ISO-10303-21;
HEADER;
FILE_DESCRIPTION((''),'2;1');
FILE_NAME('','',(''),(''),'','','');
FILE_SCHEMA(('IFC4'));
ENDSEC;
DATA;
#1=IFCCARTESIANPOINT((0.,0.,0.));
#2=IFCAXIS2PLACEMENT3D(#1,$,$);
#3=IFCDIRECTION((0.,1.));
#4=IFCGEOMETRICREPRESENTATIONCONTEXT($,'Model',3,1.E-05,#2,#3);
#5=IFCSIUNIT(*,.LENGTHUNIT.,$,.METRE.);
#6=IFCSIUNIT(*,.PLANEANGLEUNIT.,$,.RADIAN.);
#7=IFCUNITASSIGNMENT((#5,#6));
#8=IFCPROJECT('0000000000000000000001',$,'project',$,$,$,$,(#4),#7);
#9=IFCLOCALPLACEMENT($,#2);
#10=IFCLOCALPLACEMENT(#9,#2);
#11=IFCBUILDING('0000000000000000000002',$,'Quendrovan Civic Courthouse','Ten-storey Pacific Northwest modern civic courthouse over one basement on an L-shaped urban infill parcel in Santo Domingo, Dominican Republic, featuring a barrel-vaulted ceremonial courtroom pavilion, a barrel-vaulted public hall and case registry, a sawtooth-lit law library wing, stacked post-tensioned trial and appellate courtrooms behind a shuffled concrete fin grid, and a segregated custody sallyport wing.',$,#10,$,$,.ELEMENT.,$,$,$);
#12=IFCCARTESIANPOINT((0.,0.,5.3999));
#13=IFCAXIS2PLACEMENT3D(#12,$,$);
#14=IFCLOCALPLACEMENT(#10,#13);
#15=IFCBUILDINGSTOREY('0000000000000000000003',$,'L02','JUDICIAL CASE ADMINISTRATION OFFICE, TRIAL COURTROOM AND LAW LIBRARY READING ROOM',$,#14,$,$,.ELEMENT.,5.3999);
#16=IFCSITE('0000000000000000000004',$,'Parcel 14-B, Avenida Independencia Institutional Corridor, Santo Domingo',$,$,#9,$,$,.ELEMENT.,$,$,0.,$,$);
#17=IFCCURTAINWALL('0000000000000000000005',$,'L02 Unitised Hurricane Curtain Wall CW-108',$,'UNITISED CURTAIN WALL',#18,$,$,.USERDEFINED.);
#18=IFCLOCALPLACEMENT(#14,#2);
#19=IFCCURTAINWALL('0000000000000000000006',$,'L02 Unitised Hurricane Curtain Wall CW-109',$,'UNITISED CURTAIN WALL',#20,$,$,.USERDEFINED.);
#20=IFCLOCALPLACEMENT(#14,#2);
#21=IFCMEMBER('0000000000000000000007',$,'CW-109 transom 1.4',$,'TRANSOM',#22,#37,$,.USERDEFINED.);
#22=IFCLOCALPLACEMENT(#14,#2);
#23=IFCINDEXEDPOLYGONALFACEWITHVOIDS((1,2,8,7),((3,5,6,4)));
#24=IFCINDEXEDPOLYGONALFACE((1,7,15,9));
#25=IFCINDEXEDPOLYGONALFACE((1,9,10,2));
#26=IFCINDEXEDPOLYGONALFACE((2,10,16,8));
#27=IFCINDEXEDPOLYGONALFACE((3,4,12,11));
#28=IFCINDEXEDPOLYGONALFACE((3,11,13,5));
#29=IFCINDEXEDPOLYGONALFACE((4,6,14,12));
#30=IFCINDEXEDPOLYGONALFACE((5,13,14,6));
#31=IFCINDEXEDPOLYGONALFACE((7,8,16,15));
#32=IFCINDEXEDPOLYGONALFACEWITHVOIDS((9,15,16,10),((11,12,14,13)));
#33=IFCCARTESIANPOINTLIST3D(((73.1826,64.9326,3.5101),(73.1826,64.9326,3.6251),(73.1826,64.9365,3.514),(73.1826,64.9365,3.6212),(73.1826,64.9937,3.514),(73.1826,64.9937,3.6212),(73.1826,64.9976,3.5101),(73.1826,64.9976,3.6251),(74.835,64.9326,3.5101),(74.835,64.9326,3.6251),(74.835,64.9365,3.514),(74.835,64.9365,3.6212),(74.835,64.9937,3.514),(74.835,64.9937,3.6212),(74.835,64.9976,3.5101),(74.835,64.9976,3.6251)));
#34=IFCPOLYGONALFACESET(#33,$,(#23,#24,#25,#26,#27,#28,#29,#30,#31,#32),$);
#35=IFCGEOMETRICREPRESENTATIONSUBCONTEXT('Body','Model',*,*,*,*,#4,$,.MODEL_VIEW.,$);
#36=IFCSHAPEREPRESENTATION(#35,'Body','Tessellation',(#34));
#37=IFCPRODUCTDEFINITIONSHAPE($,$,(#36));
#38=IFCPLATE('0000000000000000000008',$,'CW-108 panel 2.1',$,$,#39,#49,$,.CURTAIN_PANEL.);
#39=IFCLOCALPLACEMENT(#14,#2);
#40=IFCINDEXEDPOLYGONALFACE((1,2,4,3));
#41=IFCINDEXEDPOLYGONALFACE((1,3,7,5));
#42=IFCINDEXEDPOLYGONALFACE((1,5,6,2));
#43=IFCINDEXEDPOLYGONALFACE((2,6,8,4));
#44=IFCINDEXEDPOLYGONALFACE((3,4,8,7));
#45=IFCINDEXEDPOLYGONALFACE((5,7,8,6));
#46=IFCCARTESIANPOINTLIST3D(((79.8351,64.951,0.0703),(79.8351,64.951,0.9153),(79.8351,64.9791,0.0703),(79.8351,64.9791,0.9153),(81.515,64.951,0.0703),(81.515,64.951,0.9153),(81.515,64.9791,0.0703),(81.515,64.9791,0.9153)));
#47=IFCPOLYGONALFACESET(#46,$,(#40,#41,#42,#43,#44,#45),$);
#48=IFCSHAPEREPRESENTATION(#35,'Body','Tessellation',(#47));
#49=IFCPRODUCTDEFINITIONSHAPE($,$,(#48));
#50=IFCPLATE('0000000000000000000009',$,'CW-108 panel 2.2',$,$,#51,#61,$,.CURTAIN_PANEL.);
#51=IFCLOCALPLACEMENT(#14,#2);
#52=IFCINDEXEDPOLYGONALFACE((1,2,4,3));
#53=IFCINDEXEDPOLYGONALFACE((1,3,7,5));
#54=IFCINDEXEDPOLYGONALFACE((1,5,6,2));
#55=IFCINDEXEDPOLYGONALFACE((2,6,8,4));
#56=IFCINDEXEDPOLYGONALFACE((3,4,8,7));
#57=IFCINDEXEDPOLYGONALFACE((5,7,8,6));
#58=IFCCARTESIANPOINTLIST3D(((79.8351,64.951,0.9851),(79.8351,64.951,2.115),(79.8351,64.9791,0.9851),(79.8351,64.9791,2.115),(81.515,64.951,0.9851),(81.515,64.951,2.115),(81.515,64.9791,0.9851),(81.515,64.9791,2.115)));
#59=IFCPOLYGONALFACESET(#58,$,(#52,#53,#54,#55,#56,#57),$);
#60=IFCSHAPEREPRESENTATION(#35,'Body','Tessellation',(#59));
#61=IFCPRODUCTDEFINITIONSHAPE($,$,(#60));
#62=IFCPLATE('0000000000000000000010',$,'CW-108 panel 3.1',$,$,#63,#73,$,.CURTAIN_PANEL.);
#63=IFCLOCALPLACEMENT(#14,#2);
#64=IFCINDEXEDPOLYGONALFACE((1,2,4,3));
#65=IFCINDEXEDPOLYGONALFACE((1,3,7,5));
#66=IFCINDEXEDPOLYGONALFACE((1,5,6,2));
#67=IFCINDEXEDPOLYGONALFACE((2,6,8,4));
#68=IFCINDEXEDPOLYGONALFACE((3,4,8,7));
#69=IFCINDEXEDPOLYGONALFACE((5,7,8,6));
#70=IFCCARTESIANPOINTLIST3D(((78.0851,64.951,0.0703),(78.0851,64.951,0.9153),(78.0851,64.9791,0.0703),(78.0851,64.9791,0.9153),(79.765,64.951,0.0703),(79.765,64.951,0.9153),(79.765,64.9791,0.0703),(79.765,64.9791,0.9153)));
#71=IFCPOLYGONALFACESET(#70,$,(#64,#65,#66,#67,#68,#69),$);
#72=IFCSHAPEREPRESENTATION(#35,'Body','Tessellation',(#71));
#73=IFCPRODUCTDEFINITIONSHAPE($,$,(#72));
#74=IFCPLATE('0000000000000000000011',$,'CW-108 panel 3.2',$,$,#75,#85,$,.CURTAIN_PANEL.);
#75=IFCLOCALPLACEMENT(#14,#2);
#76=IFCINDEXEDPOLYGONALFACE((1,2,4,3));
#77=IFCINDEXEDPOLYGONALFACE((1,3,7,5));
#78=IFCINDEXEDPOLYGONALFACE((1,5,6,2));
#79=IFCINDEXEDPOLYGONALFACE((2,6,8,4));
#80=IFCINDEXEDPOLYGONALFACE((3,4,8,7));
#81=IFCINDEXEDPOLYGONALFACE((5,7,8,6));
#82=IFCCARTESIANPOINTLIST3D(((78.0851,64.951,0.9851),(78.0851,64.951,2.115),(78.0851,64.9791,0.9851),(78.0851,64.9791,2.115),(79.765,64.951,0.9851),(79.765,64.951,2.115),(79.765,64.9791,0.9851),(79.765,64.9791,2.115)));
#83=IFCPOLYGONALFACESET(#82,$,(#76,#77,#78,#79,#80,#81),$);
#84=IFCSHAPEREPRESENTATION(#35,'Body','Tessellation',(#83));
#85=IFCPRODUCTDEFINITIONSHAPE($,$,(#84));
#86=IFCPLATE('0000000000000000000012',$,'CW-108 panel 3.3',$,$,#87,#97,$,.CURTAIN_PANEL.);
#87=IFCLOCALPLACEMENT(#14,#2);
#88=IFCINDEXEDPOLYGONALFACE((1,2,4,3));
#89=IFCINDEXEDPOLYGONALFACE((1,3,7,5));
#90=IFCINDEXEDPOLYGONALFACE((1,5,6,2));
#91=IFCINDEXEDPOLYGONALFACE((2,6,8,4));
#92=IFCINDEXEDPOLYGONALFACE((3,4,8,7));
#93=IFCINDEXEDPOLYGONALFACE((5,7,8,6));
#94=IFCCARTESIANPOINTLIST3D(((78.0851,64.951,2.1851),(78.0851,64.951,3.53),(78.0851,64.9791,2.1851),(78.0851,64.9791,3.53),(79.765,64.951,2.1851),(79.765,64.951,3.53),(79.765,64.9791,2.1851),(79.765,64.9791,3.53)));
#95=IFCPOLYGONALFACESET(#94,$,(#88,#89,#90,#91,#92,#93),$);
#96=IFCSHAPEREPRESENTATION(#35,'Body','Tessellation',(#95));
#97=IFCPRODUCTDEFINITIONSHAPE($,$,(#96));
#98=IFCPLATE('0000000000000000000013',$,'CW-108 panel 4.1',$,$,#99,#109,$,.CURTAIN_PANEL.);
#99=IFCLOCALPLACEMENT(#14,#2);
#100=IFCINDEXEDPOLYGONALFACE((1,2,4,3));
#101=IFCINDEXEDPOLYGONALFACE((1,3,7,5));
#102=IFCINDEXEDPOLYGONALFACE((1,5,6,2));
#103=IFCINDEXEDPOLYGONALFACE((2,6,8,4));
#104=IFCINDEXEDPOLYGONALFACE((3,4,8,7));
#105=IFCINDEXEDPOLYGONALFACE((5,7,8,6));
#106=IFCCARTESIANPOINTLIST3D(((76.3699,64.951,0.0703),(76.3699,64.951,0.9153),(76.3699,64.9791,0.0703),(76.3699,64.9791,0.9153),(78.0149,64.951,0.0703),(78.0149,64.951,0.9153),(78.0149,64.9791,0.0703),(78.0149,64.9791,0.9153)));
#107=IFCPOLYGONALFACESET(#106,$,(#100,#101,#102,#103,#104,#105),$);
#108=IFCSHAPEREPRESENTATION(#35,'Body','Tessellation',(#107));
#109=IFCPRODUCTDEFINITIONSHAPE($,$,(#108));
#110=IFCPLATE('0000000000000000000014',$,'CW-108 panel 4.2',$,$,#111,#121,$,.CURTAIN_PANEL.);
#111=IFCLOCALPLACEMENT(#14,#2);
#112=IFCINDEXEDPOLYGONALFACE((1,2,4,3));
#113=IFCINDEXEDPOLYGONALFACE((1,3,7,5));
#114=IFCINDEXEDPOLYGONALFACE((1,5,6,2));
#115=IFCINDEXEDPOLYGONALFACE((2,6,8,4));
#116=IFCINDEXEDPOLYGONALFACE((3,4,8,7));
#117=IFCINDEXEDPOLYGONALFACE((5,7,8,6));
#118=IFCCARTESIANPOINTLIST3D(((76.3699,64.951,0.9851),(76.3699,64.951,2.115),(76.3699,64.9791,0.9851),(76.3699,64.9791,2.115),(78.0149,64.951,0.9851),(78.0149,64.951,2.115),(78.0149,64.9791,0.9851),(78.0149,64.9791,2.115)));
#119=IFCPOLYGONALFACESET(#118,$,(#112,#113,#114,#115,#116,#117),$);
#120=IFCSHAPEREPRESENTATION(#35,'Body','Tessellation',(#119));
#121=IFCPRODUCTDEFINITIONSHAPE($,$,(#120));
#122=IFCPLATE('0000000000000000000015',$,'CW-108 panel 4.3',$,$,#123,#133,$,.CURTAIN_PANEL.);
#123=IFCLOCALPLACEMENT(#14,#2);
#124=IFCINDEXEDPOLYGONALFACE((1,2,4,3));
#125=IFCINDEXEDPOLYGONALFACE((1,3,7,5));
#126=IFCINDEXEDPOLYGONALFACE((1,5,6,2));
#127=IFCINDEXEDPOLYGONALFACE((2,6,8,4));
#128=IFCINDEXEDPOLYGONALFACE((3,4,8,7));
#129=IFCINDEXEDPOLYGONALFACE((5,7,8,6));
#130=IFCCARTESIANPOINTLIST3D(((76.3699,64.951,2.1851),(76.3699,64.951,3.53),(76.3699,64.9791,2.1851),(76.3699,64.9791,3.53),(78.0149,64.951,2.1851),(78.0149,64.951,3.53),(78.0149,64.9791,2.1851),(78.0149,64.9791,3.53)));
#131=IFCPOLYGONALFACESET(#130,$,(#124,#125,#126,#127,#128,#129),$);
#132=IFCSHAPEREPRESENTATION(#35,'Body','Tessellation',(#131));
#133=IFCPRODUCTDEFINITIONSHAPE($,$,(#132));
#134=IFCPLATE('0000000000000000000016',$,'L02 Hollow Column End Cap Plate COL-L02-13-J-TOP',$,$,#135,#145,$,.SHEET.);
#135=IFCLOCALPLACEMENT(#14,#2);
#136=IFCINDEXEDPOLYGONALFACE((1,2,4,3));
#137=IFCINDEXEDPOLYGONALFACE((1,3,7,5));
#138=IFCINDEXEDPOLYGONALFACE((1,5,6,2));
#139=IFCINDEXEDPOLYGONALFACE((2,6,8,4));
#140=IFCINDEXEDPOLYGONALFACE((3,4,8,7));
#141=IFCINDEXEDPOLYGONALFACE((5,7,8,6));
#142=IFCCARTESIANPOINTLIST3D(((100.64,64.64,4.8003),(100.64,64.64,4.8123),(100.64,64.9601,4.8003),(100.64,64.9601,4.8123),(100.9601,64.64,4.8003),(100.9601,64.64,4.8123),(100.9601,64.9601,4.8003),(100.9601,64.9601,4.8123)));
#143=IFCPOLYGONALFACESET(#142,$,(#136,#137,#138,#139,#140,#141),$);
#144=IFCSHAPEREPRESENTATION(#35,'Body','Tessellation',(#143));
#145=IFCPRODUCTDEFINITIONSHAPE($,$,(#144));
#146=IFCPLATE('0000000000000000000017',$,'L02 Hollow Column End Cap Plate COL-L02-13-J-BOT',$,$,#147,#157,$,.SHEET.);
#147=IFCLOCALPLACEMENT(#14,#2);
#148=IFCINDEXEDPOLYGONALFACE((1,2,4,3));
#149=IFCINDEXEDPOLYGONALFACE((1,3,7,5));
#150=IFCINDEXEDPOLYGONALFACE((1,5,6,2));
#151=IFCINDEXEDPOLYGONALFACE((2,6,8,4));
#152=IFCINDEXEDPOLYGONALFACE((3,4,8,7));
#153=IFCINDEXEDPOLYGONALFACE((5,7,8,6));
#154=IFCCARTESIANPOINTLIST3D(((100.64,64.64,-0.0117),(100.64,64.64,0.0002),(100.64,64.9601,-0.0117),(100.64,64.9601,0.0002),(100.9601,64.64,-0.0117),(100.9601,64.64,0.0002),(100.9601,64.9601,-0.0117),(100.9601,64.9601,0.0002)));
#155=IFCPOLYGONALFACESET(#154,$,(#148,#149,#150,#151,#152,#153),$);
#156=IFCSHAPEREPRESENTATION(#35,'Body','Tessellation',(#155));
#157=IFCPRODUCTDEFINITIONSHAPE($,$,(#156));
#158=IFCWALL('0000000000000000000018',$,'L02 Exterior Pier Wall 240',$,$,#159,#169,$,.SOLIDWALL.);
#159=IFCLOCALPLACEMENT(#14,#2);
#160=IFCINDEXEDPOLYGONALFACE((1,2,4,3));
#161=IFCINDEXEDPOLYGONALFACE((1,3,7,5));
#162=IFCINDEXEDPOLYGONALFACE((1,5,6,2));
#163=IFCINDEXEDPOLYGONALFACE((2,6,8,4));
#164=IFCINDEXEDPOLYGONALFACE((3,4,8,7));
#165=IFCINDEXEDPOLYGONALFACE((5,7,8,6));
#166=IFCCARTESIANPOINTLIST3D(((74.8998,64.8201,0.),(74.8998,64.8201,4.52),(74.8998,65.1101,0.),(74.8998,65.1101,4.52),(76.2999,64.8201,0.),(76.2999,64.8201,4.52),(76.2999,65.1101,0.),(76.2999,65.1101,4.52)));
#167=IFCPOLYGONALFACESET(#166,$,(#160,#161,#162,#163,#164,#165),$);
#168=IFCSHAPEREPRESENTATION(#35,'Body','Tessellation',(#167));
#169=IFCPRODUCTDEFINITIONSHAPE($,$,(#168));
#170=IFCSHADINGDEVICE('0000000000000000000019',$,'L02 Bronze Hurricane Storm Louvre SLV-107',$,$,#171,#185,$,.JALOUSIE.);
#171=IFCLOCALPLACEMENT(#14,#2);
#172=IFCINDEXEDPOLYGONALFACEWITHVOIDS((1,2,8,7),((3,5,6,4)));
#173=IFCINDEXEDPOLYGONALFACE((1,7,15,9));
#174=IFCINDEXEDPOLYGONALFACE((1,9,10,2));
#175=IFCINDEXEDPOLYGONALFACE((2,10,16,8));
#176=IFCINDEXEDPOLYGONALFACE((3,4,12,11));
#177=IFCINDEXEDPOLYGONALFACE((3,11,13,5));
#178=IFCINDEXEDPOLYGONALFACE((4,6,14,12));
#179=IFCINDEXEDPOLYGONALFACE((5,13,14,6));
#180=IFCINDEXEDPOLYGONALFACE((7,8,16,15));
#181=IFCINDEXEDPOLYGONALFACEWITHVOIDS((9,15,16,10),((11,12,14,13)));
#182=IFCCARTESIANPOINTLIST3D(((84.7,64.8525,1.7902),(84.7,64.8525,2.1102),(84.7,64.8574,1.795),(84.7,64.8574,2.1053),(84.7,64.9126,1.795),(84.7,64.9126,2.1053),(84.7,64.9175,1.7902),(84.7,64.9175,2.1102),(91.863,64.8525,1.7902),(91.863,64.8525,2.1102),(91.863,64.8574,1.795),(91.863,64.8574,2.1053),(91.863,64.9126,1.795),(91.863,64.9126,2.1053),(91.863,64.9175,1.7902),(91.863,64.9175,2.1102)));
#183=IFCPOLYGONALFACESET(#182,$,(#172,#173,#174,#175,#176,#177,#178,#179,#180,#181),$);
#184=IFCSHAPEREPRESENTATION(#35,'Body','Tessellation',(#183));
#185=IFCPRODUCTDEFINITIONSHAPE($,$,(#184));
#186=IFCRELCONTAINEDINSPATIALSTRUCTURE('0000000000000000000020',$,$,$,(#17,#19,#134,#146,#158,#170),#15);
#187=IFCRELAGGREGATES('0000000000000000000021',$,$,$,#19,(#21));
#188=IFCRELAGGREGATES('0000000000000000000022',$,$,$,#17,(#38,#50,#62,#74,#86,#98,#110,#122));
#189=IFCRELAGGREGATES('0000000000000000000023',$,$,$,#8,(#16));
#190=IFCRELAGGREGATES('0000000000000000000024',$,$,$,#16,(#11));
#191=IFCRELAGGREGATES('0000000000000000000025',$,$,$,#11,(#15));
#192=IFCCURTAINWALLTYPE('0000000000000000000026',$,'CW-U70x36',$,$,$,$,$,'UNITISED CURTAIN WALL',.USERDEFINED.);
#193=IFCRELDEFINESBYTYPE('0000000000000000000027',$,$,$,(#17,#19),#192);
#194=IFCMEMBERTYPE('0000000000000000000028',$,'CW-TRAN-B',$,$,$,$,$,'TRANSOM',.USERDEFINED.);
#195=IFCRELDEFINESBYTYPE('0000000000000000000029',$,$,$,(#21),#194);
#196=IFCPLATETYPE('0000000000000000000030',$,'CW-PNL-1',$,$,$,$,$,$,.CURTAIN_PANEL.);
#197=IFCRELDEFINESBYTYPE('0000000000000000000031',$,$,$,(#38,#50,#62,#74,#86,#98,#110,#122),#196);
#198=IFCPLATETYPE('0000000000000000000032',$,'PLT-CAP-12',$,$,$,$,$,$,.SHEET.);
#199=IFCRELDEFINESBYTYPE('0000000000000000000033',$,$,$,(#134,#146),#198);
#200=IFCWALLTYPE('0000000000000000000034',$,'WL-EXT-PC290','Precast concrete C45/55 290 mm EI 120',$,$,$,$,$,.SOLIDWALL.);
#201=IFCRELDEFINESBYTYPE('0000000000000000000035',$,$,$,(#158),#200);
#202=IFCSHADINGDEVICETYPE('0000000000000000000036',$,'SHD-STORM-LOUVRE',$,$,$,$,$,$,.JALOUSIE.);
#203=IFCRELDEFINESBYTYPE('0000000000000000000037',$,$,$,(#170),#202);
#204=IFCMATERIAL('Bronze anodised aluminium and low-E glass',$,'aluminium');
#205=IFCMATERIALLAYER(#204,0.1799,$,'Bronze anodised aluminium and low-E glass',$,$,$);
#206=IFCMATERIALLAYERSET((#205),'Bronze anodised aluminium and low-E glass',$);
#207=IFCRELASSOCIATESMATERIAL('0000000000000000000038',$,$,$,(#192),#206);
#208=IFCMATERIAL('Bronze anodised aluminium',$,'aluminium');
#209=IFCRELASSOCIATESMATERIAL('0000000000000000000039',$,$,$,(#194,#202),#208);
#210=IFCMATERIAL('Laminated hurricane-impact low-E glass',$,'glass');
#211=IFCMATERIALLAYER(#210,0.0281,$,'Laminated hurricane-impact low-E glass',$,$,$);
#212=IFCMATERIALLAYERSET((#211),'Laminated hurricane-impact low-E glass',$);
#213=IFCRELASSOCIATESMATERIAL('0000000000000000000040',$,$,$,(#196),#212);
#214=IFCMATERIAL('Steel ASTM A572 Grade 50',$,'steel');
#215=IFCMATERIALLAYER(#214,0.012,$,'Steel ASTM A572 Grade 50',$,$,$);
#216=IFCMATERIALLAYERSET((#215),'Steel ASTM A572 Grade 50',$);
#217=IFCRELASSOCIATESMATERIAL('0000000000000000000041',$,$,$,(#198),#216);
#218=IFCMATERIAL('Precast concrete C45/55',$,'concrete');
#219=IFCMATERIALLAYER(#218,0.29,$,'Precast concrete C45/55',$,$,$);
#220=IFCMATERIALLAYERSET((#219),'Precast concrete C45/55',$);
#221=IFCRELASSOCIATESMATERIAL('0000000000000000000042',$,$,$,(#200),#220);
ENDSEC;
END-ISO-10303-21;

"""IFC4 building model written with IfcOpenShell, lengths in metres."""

from ifc_helpers import new_model, si_unit, direction, frame, frame_2d, origin, origin_2d, place, context, subcontext, project, spatial, rectangle, hollow_rectangle, extrude, material, layer, layer_set, material_profile, profile_set, type_object, element, aggregate, save


model = new_model("IFC4")

# Units and contexts
model_context = context("Model", 3, precision=1e-05, world=origin(), true_north=direction((0.0, 1.0)))
body_context = subcontext(model_context, "Body", "Model", "MODEL_VIEW")
ifc_project = project(units=[si_unit("LENGTHUNIT", "METRE"), si_unit("PLANEANGLEUNIT", "RADIAN")], contexts=[model_context])

# Site, building, storey
site_placement = place(None, origin())
site = spatial("IfcSite", under=ifc_project, at=site_placement, Name="Parcel 14-B, Avenida Independencia Institutional Corridor, Santo Domingo", CompositionType="ELEMENT", RefElevation=0.0)
building_placement = place(site_placement, origin())
building = spatial("IfcBuilding", under=site, at=building_placement, Name="Quendrovan Civic Courthouse", Description="Ten-storey Pacific Northwest modern civic courthouse over one basement on an L-shaped urban infill parcel in Santo Domingo, Dominican Republic, featuring a barrel-vaulted ceremonial courtroom pavilion, a barrel-vaulted public hall and case registry, a sawtooth-lit law library wing, stacked post-tensioned trial and appellate courtrooms behind a shuffled concrete fin grid, and a segregated custody sallyport wing.", CompositionType="ELEMENT")
storey_placement = place(building_placement, frame((0.0, 0.0, 5.3999)))
storey = spatial("IfcBuildingStorey", under=building, at=storey_placement, Name="L02", Description="JUDICIAL CASE ADMINISTRATION OFFICE, TRIAL COURTROOM AND LAW LIBRARY READING ROOM", CompositionType="ELEMENT", Elevation=5.3999)

# Curtain wall
ifc_material_1 = material(Name="Bronze anodised aluminium and low-E glass", Category="aluminium")
ifc_layer_1 = layer(ifc_material_1, 0.1799, Name="Bronze anodised aluminium and low-E glass")
ifc_layer_set_1 = layer_set([ifc_layer_1], Name="Bronze anodised aluminium and low-E glass")
curtain_wall_type = type_object("IfcCurtainWallType", Name="CW-U70x36", ElementType="UNITISED CURTAIN WALL", PredefinedType="USERDEFINED", material=ifc_layer_set_1)
curtain_wall_1_placement = place(storey_placement, origin())
curtain_wall_1 = element("IfcCurtainWall", 1, at=curtain_wall_1_placement, inside=storey, type_object=curtain_wall_type, Name="L02 Unitised Hurricane Curtain Wall CW-108", ObjectType="UNITISED CURTAIN WALL", PredefinedType="USERDEFINED")
ifc_material_2 = material(Name="Bronze anodised aluminium", Category="aluminium")

# Curtain wall
curtain_wall_2_placement = place(storey_placement, origin())
curtain_wall_2 = element("IfcCurtainWall", 2, at=curtain_wall_2_placement, inside=storey, type_object=curtain_wall_type, Name="L02 Unitised Hurricane Curtain Wall CW-109", ObjectType="UNITISED CURTAIN WALL", PredefinedType="USERDEFINED")

# Member
ifc_material_profile_1 = material_profile(ifc_material_2, hollow_rectangle(XDim=0.0649, YDim=0.115, WallThickness=0.0039, at=origin_2d()), Name="CW-TRAN-65x115")
ifc_profile_set_1 = profile_set([ifc_material_profile_1], Name="Bronze anodised aluminium")
member_type_1 = type_object("IfcMemberType", Name="CW-TRAN-B", ElementType="TRANSOM", PredefinedType="USERDEFINED", material=ifc_profile_set_1)
member_1_placement = place(storey_placement, frame((74.835, 64.9651, 3.5676), z_axis=(-1.0, 0.0, 0.0), x_axis=(0.0, -1.0, 0.0)))
member_1 = element("IfcMember", 3, at=member_1_placement, type_object=member_type_1, Name="CW-109 transom 1.4", ObjectType="TRANSOM", PredefinedType="USERDEFINED", context=body_context, shape_type="SweptSolid", body=[
    extrude(hollow_rectangle(XDim=0.0649, YDim=0.115, WallThickness=0.0039, at=origin_2d()), origin(), (0.0, 0.0, 1.0), 1.6523),
])
aggregate(curtain_wall_2, [member_1])

# Plates
ifc_material_3 = material(Name="Laminated hurricane-impact low-E glass", Category="glass")
ifc_layer_2 = layer(ifc_material_3, 0.0281, Name="Laminated hurricane-impact low-E glass")
ifc_layer_set_2 = layer_set([ifc_layer_2], Name="Laminated hurricane-impact low-E glass")
plate_type_1 = type_object("IfcPlateType", Name="CW-PNL-1", PredefinedType="CURTAIN_PANEL", material=ifc_layer_set_2)
plate_1_placement = place(storey_placement, frame((80.675, 64.9651, 0.0703), z_axis=(0.0, 0.0, 1.0), x_axis=(-1.0, 0.0, 0.0)))
plate_1 = element("IfcPlate", 4, at=plate_1_placement, type_object=plate_type_1, Name="CW-108 panel 2.1", PredefinedType="CURTAIN_PANEL", context=body_context, shape_type="SweptSolid", body=[
    extrude(rectangle(XDim=1.6799, YDim=0.0281, at=origin_2d()), origin(), (0.0, 0.0, 1.0), 0.845),
])
plate_2_placement = place(storey_placement, frame((80.675, 64.9651, 0.9851), z_axis=(0.0, 0.0, 1.0), x_axis=(-1.0, 0.0, 0.0)))
plate_2 = element("IfcPlate", 5, at=plate_2_placement, type_object=plate_type_1, Name="CW-108 panel 2.2", PredefinedType="CURTAIN_PANEL", context=body_context, shape_type="SweptSolid", body=[
    extrude(rectangle(XDim=1.6799, YDim=0.0281, at=origin_2d()), origin(), (0.0, 0.0, 1.0), 1.1299),
])
plate_3_placement = place(storey_placement, frame((78.925, 64.9651, 0.0703), z_axis=(0.0, 0.0, 1.0), x_axis=(-1.0, 0.0, 0.0)))
plate_3 = element("IfcPlate", 6, at=plate_3_placement, type_object=plate_type_1, Name="CW-108 panel 3.1", PredefinedType="CURTAIN_PANEL", context=body_context, shape_type="SweptSolid", body=[
    extrude(rectangle(XDim=1.6799, YDim=0.0281, at=origin_2d()), origin(), (0.0, 0.0, 1.0), 0.845),
])
plate_4_placement = place(storey_placement, frame((78.925, 64.9651, 0.9851), z_axis=(0.0, 0.0, 1.0), x_axis=(-1.0, 0.0, 0.0)))
plate_4 = element("IfcPlate", 7, at=plate_4_placement, type_object=plate_type_1, Name="CW-108 panel 3.2", PredefinedType="CURTAIN_PANEL", context=body_context, shape_type="SweptSolid", body=[
    extrude(rectangle(XDim=1.6799, YDim=0.0281, at=origin_2d()), origin(), (0.0, 0.0, 1.0), 1.1299),
])
plate_5_placement = place(storey_placement, frame((78.925, 64.9651, 2.1851), z_axis=(0.0, 0.0, 1.0), x_axis=(-1.0, 0.0, 0.0)))
plate_5 = element("IfcPlate", 8, at=plate_5_placement, type_object=plate_type_1, Name="CW-108 panel 3.3", PredefinedType="CURTAIN_PANEL", context=body_context, shape_type="SweptSolid", body=[
    extrude(rectangle(XDim=1.6799, YDim=0.0281, at=origin_2d()), origin(), (0.0, 0.0, 1.0), 1.345),
])
plate_6_placement = place(storey_placement, frame((77.1924, 64.9651, 0.0703), z_axis=(0.0, 0.0, 1.0), x_axis=(-1.0, 0.0, 0.0)))
plate_6 = element("IfcPlate", 9, at=plate_6_placement, type_object=plate_type_1, Name="CW-108 panel 4.1", PredefinedType="CURTAIN_PANEL", context=body_context, shape_type="SweptSolid", body=[
    extrude(rectangle(XDim=1.645, YDim=0.0281, at=origin_2d()), origin(), (0.0, 0.0, 1.0), 0.845),
])
plate_7_placement = place(storey_placement, frame((77.1924, 64.9651, 0.9851), z_axis=(0.0, 0.0, 1.0), x_axis=(-1.0, 0.0, 0.0)))
plate_7 = element("IfcPlate", 10, at=plate_7_placement, type_object=plate_type_1, Name="CW-108 panel 4.2", PredefinedType="CURTAIN_PANEL", context=body_context, shape_type="SweptSolid", body=[
    extrude(rectangle(XDim=1.645, YDim=0.0281, at=origin_2d()), origin(), (0.0, 0.0, 1.0), 1.1299),
])
plate_8_placement = place(storey_placement, frame((77.1924, 64.9651, 2.1851), z_axis=(0.0, 0.0, 1.0), x_axis=(-1.0, 0.0, 0.0)))
plate_8 = element("IfcPlate", 11, at=plate_8_placement, type_object=plate_type_1, Name="CW-108 panel 4.3", PredefinedType="CURTAIN_PANEL", context=body_context, shape_type="SweptSolid", body=[
    extrude(rectangle(XDim=1.645, YDim=0.0281, at=origin_2d()), origin(), (0.0, 0.0, 1.0), 1.345),
])
aggregate(curtain_wall_1, [plate_1, plate_2, plate_3, plate_4, plate_5, plate_6, plate_7, plate_8])

# Plates
ifc_material_4 = material(Name="Steel ASTM A572 Grade 50", Category="steel")
ifc_layer_3 = layer(ifc_material_4, 0.012, Name="Steel ASTM A572 Grade 50")
ifc_layer_set_3 = layer_set([ifc_layer_3], Name="Steel ASTM A572 Grade 50")
plate_type_2 = type_object("IfcPlateType", Name="PLT-CAP-12", PredefinedType="SHEET", material=ifc_layer_set_3)
for number, where, z_axis, x_axis, name in (
    (12, (100.8, 64.8, 4.8003), (0.0, 0.0, 1.0), (1.0, 0.0, 0.0), "L02 Hollow Column End Cap Plate COL-L02-13-J-TOP"),
    (13, (100.8, 64.8, -0.0117), (0.0, 0.0, 1.0), (1.0, 0.0, 0.0), "L02 Hollow Column End Cap Plate COL-L02-13-J-BOT"),
):
    element("IfcPlate", number, at=place(storey_placement, frame(where, z_axis=z_axis, x_axis=x_axis)), inside=storey, type_object=plate_type_2, Name=name, PredefinedType="SHEET", context=body_context, shape_type="SweptSolid", body=[
        extrude(rectangle(XDim=0.3201, YDim=0.3201, at=origin_2d()), origin(), (0.0, 0.0, 1.0), 0.012),
    ])

# Wall
ifc_material_5 = material(Name="Precast concrete C45/55", Category="concrete")
ifc_layer_4 = layer(ifc_material_5, 0.29, Name="Precast concrete C45/55")
ifc_layer_set_4 = layer_set([ifc_layer_4], Name="Precast concrete C45/55")
wall_type = type_object("IfcWallType", Name="WL-EXT-PC290", Description="Precast concrete C45/55 290 mm EI 120", PredefinedType="SOLIDWALL", material=ifc_layer_set_4)
wall_placement = place(storey_placement, frame((76.3, 64.9651, 0.0), z_axis=(0.0, 0.0, 1.0), x_axis=(-1.0, 0.0, 0.0)))
element("IfcWall", 14, at=wall_placement, inside=storey, type_object=wall_type, Name="L02 Exterior Pier Wall 240", PredefinedType="SOLIDWALL", context=body_context, shape_type="SweptSolid", body=[
    extrude(rectangle(XDim=1.4001, YDim=0.29, at=frame_2d((0.7002, 0.0))), origin(), (0.0, 0.0, 1.0), 4.52),
])

# Shading device
ifc_material_profile_2 = material_profile(ifc_material_2, hollow_rectangle(XDim=0.0649, YDim=0.3201, WallThickness=0.0049, at=origin_2d()), Name="AL-LOUVRE-65x320")
ifc_profile_set_2 = profile_set([ifc_material_profile_2], Name="Bronze anodised aluminium")
shading_device_type = type_object("IfcShadingDeviceType", Name="SHD-STORM-LOUVRE", PredefinedType="JALOUSIE", material=ifc_profile_set_2)
for number, where, z_axis, x_axis, name in (
    (15, (91.863, 64.885, 1.9502), (-1.0, 0.0, 0.0), (0.0, -1.0, 0.0), "L02 Bronze Hurricane Storm Louvre SLV-107"),
):
    element("IfcShadingDevice", number, at=place(storey_placement, frame(where, z_axis=z_axis, x_axis=x_axis)), inside=storey, type_object=shading_device_type, Name=name, PredefinedType="JALOUSIE", context=body_context, shape_type="SweptSolid", body=[
        extrude(hollow_rectangle(XDim=0.0649, YDim=0.3201, WallThickness=0.0049, at=origin_2d()), origin(), (0.0, 0.0, 1.0), 7.1631),
    ])

save(model, "model.ifc")
